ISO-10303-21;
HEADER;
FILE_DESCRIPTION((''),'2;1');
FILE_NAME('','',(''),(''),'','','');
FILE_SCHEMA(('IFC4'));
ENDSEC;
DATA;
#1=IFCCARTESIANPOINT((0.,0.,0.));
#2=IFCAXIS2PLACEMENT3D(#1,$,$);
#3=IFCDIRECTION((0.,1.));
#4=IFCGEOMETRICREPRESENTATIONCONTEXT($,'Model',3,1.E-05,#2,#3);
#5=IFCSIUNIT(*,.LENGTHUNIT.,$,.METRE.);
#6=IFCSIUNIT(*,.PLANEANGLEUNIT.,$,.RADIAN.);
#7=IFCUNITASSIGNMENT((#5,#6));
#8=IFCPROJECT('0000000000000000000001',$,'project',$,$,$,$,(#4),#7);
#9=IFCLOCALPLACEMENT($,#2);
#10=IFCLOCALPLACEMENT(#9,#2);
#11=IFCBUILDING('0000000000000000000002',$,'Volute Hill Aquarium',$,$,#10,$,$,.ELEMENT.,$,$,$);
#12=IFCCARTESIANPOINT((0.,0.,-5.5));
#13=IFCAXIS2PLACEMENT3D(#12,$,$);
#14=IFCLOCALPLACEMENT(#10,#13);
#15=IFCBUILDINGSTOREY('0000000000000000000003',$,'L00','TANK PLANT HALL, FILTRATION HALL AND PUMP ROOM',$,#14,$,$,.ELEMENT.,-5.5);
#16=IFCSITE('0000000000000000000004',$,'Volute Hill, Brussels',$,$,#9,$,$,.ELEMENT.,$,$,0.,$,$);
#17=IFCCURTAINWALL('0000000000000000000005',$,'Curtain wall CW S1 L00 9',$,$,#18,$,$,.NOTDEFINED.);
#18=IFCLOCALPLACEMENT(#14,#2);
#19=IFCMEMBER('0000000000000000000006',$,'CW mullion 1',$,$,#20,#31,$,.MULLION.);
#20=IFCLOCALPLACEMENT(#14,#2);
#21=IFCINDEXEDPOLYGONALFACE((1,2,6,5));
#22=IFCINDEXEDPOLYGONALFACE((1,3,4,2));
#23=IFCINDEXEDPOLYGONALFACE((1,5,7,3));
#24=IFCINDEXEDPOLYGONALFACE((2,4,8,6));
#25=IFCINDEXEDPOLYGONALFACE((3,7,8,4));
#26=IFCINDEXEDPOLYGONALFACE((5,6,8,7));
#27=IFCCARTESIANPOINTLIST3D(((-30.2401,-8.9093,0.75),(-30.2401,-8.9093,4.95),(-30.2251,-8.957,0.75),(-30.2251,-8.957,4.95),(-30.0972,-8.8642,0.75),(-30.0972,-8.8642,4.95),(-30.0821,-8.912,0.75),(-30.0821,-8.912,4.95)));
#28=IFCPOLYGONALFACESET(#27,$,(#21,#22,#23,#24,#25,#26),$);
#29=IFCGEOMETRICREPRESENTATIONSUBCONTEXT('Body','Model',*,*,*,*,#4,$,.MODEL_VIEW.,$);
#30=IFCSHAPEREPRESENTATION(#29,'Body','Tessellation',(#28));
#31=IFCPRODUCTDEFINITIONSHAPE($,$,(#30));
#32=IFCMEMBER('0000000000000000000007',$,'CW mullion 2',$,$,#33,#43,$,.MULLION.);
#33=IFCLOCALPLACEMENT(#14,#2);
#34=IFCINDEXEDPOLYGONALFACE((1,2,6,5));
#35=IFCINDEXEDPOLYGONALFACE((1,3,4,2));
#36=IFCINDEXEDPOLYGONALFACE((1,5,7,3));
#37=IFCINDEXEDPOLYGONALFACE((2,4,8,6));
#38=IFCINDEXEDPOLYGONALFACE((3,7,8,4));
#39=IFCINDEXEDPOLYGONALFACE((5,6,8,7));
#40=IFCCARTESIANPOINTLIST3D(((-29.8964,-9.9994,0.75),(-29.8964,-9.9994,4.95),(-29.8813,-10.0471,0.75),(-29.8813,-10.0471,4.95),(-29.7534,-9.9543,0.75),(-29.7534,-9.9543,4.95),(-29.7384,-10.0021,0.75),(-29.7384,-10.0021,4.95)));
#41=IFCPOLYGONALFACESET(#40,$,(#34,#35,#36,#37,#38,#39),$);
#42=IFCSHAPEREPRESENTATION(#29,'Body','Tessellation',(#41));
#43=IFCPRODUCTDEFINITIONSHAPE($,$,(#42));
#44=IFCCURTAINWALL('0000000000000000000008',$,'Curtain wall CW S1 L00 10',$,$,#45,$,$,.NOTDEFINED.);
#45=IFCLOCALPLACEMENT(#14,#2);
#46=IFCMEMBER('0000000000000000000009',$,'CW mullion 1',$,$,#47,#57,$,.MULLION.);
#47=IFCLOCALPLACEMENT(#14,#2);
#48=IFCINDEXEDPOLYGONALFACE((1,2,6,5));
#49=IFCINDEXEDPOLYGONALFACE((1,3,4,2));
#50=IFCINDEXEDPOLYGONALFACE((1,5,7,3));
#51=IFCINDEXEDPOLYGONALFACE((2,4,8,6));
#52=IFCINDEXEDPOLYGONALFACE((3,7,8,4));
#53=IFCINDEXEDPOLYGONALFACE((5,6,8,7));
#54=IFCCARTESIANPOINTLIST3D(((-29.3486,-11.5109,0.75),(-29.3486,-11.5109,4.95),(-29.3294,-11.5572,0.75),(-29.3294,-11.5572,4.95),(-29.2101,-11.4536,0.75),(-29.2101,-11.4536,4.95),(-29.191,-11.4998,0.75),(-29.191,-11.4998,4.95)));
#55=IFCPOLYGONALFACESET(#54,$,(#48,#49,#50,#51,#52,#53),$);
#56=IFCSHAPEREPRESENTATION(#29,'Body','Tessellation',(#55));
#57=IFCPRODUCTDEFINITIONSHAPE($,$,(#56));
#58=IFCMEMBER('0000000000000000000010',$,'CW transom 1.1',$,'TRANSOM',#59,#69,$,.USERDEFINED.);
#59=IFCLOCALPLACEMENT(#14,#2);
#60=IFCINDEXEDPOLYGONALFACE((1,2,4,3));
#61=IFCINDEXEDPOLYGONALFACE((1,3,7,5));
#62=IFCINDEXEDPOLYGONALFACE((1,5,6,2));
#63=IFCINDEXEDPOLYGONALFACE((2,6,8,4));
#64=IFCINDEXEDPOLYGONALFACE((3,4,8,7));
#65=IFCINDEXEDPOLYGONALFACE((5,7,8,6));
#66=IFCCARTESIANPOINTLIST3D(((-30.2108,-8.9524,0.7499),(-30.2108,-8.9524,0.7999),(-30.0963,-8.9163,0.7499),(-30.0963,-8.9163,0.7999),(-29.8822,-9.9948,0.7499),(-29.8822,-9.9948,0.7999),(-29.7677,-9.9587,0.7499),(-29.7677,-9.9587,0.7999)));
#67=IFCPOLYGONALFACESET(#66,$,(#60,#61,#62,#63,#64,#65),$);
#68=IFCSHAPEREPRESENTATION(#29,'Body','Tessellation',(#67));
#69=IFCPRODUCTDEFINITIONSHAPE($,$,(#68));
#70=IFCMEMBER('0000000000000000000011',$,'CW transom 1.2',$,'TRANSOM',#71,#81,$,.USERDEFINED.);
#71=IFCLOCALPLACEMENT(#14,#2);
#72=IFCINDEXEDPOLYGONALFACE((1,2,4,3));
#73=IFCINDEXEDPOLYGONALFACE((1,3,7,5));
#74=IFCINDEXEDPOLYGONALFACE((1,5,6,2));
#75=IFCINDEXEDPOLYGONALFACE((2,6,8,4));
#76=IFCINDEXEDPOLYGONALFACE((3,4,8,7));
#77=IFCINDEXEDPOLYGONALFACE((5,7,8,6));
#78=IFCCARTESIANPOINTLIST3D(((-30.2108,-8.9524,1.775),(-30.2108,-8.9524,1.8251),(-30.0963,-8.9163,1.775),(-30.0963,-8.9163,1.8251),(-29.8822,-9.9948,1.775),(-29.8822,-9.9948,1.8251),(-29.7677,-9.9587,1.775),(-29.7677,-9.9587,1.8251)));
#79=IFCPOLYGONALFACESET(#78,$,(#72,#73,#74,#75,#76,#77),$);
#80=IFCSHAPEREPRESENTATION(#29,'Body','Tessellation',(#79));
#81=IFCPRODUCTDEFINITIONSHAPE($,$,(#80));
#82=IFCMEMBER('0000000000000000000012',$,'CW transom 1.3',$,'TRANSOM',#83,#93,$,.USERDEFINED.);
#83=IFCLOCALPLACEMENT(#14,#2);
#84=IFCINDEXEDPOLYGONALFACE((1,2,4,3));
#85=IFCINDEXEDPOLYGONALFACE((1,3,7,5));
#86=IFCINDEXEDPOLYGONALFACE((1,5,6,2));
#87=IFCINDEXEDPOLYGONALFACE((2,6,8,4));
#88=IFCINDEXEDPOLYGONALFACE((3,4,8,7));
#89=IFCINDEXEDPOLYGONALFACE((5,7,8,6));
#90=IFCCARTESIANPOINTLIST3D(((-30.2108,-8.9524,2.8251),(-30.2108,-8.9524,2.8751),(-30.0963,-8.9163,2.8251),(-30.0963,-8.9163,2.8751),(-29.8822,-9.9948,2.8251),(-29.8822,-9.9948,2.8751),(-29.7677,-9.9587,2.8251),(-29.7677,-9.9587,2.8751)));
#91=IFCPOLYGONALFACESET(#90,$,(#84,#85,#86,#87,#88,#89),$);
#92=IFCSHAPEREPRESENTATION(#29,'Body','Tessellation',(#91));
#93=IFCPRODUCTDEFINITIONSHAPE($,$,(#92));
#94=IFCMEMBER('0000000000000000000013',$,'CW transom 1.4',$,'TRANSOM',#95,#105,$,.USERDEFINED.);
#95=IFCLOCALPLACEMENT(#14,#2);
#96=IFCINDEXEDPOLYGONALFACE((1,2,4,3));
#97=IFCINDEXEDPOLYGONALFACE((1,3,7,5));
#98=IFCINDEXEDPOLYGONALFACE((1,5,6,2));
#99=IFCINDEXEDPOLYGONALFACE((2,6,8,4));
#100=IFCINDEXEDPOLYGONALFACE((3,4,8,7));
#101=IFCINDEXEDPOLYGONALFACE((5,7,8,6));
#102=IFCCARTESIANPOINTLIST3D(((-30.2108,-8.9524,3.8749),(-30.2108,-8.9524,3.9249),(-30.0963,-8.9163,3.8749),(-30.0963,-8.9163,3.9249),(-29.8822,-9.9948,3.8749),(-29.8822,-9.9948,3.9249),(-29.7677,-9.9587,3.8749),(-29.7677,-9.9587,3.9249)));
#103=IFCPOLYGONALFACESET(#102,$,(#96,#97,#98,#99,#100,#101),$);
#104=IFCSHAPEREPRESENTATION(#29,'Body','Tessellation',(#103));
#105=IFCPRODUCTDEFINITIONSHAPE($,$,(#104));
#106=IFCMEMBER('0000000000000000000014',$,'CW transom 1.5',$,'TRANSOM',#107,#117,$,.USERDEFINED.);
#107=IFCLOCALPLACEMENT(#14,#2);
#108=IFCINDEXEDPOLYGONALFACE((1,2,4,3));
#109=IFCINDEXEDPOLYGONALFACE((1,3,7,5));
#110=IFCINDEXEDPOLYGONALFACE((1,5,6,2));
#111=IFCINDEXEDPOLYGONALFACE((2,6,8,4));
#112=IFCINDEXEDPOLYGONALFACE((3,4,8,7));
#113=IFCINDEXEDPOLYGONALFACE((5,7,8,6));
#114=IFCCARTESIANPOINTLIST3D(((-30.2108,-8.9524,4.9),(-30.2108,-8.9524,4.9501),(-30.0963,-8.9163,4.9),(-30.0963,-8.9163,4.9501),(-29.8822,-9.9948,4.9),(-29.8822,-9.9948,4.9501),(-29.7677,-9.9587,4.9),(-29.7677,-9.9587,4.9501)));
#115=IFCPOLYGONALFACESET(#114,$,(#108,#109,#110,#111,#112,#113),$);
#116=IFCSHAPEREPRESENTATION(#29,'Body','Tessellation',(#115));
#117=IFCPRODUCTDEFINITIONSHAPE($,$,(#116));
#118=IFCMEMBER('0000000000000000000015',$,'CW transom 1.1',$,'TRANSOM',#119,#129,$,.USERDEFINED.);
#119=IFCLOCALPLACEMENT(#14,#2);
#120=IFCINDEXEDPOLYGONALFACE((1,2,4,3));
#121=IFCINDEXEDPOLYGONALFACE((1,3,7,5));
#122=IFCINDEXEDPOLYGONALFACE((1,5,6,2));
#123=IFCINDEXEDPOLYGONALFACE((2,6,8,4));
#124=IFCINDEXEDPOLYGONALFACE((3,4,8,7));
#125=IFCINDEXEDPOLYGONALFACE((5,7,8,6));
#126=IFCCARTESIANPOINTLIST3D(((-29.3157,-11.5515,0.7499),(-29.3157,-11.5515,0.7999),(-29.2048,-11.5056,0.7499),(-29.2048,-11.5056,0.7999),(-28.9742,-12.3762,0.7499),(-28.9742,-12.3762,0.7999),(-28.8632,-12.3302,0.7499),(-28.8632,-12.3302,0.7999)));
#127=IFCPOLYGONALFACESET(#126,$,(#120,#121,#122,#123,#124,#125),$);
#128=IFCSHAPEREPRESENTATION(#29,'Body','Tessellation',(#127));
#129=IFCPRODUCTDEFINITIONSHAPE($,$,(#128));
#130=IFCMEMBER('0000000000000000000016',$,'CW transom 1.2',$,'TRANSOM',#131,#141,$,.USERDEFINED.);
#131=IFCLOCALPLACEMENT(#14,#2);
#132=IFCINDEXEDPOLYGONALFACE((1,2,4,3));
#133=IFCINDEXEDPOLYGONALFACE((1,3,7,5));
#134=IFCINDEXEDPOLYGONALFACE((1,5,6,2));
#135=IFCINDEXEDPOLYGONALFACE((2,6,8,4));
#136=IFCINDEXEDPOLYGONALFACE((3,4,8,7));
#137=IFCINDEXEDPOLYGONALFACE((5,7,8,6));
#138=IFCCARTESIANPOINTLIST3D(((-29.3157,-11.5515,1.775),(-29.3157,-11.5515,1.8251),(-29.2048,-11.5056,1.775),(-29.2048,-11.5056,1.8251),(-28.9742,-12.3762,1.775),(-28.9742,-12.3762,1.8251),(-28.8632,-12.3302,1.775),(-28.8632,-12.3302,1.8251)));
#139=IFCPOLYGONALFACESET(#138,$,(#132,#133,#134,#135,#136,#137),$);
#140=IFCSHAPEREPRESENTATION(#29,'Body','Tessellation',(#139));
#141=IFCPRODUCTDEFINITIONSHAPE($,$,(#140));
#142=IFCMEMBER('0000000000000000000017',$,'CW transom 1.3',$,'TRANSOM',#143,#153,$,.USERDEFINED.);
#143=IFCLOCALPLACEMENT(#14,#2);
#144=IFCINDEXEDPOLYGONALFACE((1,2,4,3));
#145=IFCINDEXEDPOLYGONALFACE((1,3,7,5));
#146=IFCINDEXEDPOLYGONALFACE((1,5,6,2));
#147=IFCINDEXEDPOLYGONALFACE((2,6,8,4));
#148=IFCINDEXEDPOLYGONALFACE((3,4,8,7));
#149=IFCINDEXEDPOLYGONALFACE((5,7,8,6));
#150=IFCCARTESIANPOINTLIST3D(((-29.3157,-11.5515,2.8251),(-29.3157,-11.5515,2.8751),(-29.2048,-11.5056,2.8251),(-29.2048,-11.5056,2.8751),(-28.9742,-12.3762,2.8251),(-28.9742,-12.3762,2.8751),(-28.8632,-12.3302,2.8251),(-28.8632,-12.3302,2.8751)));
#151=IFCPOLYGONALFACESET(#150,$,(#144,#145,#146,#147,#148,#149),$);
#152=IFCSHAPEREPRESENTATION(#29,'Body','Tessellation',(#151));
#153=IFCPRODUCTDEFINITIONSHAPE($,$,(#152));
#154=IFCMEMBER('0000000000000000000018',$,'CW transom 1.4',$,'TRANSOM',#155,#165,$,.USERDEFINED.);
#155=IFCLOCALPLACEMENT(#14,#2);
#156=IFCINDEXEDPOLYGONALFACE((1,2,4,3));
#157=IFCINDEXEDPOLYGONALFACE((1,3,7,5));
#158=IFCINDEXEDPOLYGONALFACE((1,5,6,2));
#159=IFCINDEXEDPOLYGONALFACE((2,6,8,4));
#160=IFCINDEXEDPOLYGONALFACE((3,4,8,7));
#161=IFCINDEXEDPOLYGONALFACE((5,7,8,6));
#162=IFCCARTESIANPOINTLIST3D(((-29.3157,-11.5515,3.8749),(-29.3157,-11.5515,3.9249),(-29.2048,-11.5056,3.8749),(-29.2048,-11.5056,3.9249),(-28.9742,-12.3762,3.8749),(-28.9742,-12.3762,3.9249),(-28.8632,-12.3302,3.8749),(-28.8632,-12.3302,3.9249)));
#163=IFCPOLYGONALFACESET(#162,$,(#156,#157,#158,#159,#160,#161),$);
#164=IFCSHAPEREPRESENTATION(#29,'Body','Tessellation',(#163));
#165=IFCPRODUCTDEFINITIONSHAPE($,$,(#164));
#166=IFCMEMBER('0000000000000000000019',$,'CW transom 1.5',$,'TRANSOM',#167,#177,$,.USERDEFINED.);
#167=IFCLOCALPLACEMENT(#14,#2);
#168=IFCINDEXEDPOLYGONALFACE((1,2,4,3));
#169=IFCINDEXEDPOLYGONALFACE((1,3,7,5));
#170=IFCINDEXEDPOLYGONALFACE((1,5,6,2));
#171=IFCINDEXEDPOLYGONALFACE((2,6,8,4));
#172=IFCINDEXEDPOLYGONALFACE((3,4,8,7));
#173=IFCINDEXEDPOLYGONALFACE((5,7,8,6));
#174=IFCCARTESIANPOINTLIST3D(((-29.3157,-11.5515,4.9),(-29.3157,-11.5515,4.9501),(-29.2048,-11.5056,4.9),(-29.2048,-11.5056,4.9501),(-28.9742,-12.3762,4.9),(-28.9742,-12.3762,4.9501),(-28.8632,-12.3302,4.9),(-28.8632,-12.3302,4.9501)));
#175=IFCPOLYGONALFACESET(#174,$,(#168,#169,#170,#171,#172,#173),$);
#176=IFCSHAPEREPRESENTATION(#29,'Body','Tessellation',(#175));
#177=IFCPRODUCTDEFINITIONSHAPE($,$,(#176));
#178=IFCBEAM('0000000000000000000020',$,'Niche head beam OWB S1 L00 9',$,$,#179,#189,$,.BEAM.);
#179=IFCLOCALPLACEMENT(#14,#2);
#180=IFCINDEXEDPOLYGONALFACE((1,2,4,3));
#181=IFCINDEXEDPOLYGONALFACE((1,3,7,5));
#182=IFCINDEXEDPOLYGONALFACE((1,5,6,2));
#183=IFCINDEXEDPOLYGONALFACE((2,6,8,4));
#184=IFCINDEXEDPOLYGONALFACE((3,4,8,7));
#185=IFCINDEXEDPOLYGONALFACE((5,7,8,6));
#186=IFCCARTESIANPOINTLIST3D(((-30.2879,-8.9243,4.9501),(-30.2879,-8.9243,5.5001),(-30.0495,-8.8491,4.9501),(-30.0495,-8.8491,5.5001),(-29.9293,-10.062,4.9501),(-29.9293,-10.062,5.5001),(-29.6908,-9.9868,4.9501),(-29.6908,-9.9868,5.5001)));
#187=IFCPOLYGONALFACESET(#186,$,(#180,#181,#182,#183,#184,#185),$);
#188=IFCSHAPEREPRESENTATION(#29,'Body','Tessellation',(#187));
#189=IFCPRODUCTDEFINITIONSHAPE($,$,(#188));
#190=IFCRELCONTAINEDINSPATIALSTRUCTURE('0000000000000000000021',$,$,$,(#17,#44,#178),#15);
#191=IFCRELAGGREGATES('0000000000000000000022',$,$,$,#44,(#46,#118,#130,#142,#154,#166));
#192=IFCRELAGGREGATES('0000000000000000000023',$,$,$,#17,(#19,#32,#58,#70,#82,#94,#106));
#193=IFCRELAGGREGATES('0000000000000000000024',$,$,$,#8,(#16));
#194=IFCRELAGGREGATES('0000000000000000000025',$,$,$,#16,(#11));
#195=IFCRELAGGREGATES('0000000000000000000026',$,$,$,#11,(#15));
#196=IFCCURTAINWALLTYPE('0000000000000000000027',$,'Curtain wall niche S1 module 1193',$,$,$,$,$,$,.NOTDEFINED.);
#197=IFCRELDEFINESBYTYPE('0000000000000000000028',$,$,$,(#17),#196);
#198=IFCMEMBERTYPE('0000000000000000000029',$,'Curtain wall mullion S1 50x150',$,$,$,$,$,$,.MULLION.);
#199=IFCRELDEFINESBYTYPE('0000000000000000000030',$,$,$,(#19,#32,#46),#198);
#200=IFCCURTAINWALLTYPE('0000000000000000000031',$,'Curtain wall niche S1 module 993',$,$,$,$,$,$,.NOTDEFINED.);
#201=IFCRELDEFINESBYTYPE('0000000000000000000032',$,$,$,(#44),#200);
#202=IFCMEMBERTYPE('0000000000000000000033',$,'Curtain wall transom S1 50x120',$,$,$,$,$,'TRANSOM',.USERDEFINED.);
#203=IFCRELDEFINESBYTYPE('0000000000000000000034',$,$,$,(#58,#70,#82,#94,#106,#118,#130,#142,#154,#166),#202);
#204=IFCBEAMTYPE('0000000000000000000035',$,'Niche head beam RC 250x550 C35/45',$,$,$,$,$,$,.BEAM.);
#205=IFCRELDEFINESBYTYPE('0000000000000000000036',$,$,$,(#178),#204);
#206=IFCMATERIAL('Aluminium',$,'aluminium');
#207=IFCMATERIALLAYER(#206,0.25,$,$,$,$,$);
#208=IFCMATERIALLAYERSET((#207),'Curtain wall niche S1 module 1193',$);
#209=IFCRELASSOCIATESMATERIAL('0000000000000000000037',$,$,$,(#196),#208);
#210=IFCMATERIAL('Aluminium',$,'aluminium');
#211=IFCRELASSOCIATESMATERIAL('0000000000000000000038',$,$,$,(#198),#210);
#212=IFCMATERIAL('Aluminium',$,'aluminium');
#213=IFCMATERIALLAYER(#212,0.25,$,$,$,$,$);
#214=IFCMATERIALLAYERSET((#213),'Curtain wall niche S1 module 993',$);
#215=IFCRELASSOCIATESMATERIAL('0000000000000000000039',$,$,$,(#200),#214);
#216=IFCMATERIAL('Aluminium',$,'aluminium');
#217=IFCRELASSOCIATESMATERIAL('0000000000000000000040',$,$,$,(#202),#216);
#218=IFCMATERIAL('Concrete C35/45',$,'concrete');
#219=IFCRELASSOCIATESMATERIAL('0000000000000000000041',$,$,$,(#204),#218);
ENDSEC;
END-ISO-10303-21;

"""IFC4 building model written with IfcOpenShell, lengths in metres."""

from ifc_helpers import new_model, si_unit, direction, frame, origin, origin_2d, place, context, subcontext, project, spatial, rectangle, extrude, material, layer, layer_set, material_profile, profile_set, type_object, element, aggregate, save


model = new_model("IFC4")

# Units and contexts
model_context = context("Model", 3, precision=1e-05, world=origin(), true_north=direction((0.0, 1.0)))
body_context = subcontext(model_context, "Body", "Model", "MODEL_VIEW")
ifc_project = project(units=[si_unit("LENGTHUNIT", "METRE"), si_unit("PLANEANGLEUNIT", "RADIAN")], contexts=[model_context])

# Site, building, storey
site_placement = place(None, origin())
site = spatial("IfcSite", under=ifc_project, at=site_placement, Name="Volute Hill, Brussels", CompositionType="ELEMENT", RefElevation=0.0)
building_placement = place(site_placement, origin())
building = spatial("IfcBuilding", under=site, at=building_placement, Name="Volute Hill Aquarium", CompositionType="ELEMENT")
storey_placement = place(building_placement, frame((0.0, 0.0, -5.5)))
storey = spatial("IfcBuildingStorey", under=building, at=storey_placement, Name="L00", Description="TANK PLANT HALL, FILTRATION HALL AND PUMP ROOM", CompositionType="ELEMENT", Elevation=-5.5)

# Curtain wall, members
ifc_material_1 = material(Name="Aluminium", Category="aluminium")
ifc_layer_1 = layer(ifc_material_1, 0.25)
ifc_layer_set_1 = layer_set([ifc_layer_1], Name="Curtain wall niche S1 module 1193")
curtain_wall_type_1 = type_object("IfcCurtainWallType", Name="Curtain wall niche S1 module 1193", PredefinedType="NOTDEFINED", material=ifc_layer_set_1)
curtain_wall_1_placement = place(storey_placement, origin())
curtain_wall_1 = element("IfcCurtainWall", 1, at=curtain_wall_1_placement, inside=storey, type_object=curtain_wall_type_1, Name="Curtain wall CW S1 L00 9", PredefinedType="NOTDEFINED")
ifc_material_2 = material(Name="Aluminium", Category="aluminium")
ifc_material_profile_1 = material_profile(ifc_material_2, rectangle(XDim=0.1499, YDim=0.05, at=origin_2d()), Name="Curtain wall mullion S1 50x150")
ifc_profile_set_1 = profile_set([ifc_material_profile_1], Name="Aluminium")
member_type_1 = type_object("IfcMemberType", Name="Curtain wall mullion S1 50x150", PredefinedType="MULLION", material=ifc_profile_set_1)
member_1_placement = place(storey_placement, frame((-30.1611, -8.9106, 0.75), z_axis=(0.0, 0.0, 1.0), x_axis=(0.953719, 0.3007, 0.0)))
member_1 = element("IfcMember", 2, at=member_1_placement, type_object=member_type_1, Name="CW mullion 1", PredefinedType="MULLION", context=body_context, shape_type="SweptSolid", body=[
    extrude(rectangle(XDim=0.1499, YDim=0.05, at=origin_2d()), origin(), (0.0, 0.0, 1.0), 4.2),
])
member_2_placement = place(storey_placement, frame((-29.8174, -10.0007, 0.75), z_axis=(0.0, 0.0, 1.0), x_axis=(0.953719, 0.3007, 0.0)))
member_2 = element("IfcMember", 3, at=member_2_placement, type_object=member_type_1, Name="CW mullion 2", PredefinedType="MULLION", context=body_context, shape_type="SweptSolid", body=[
    extrude(rectangle(XDim=0.1499, YDim=0.05, at=origin_2d()), origin(), (0.0, 0.0, 1.0), 4.2),
])

# Curtain wall, member
ifc_material_3 = material(Name="Aluminium", Category="aluminium")
ifc_layer_2 = layer(ifc_material_3, 0.25)
ifc_layer_set_2 = layer_set([ifc_layer_2], Name="Curtain wall niche S1 module 993")
curtain_wall_type_2 = type_object("IfcCurtainWallType", Name="Curtain wall niche S1 module 993", PredefinedType="NOTDEFINED", material=ifc_layer_set_2)
curtain_wall_2_placement = place(storey_placement, origin())
curtain_wall_2 = element("IfcCurtainWall", 4, at=curtain_wall_2_placement, inside=storey, type_object=curtain_wall_type_2, Name="Curtain wall CW S1 L00 10", PredefinedType="NOTDEFINED")
member_3_placement = place(storey_placement, frame((-29.2698, -11.5054, 0.75), z_axis=(0.0, 0.0, 1.0), x_axis=(0.923885, 0.38267, 0.0)))
member_3 = element("IfcMember", 5, at=member_3_placement, type_object=member_type_1, Name="CW mullion 1", PredefinedType="MULLION", context=body_context, shape_type="SweptSolid", body=[
    extrude(rectangle(XDim=0.1499, YDim=0.05, at=origin_2d()), origin(), (0.0, 0.0, 1.0), 4.2),
])

# Members
ifc_material_4 = material(Name="Aluminium", Category="aluminium")
ifc_material_profile_2 = material_profile(ifc_material_4, rectangle(XDim=0.1201, YDim=0.05, at=origin_2d()), Name="Curtain wall transom S1 50x120")
ifc_profile_set_2 = profile_set([ifc_material_profile_2], Name="Aluminium")
member_type_2 = type_object("IfcMemberType", Name="Curtain wall transom S1 50x120", ElementType="TRANSOM", PredefinedType="USERDEFINED", material=ifc_profile_set_2)
member_4_placement = place(storey_placement, frame((-30.1536, -8.9343, 0.7749), z_axis=(0.30064, -0.953738, 0.0), x_axis=(0.953738, 0.30064, 0.0)))
member_4 = element("IfcMember", 6, at=member_4_placement, type_object=member_type_2, Name="CW transom 1.1", ObjectType="TRANSOM", PredefinedType="USERDEFINED", context=body_context, shape_type="SweptSolid", body=[
    extrude(rectangle(XDim=0.1201, YDim=0.05, at=origin_2d()), origin(), (0.0, 0.0, 1.0), 1.093),
])
member_5_placement = place(storey_placement, frame((-30.1536, -8.9343, 1.8), z_axis=(0.30064, -0.953738, 0.0), x_axis=(0.953738, 0.30064, 0.0)))
member_5 = element("IfcMember", 7, at=member_5_placement, type_object=member_type_2, Name="CW transom 1.2", ObjectType="TRANSOM", PredefinedType="USERDEFINED", context=body_context, shape_type="SweptSolid", body=[
    extrude(rectangle(XDim=0.1201, YDim=0.05, at=origin_2d()), origin(), (0.0, 0.0, 1.0), 1.093),
])
member_6_placement = place(storey_placement, frame((-30.1536, -8.9343, 2.8501), z_axis=(0.30064, -0.953738, 0.0), x_axis=(0.953738, 0.30064, 0.0)))
member_6 = element("IfcMember", 8, at=member_6_placement, type_object=member_type_2, Name="CW transom 1.3", ObjectType="TRANSOM", PredefinedType="USERDEFINED", context=body_context, shape_type="SweptSolid", body=[
    extrude(rectangle(XDim=0.1201, YDim=0.05, at=origin_2d()), origin(), (0.0, 0.0, 1.0), 1.093),
])
member_7_placement = place(storey_placement, frame((-30.1536, -8.9343, 3.8999), z_axis=(0.30064, -0.953738, 0.0), x_axis=(0.953738, 0.30064, 0.0)))
member_7 = element("IfcMember", 9, at=member_7_placement, type_object=member_type_2, Name="CW transom 1.4", ObjectType="TRANSOM", PredefinedType="USERDEFINED", context=body_context, shape_type="SweptSolid", body=[
    extrude(rectangle(XDim=0.1201, YDim=0.05, at=origin_2d()), origin(), (0.0, 0.0, 1.0), 1.093),
])
member_8_placement = place(storey_placement, frame((-30.1536, -8.9343, 4.925), z_axis=(0.30064, -0.953738, 0.0), x_axis=(0.953738, 0.30064, 0.0)))
member_8 = element("IfcMember", 10, at=member_8_placement, type_object=member_type_2, Name="CW transom 1.5", ObjectType="TRANSOM", PredefinedType="USERDEFINED", context=body_context, shape_type="SweptSolid", body=[
    extrude(rectangle(XDim=0.1201, YDim=0.05, at=origin_2d()), origin(), (0.0, 0.0, 1.0), 1.093),
])
member_9_placement = place(storey_placement, frame((-29.2603, -11.5286, 0.7749), z_axis=(0.382634, -0.9239, 0.0), x_axis=(0.9239, 0.382634, 0.0)))
member_9 = element("IfcMember", 11, at=member_9_placement, type_object=member_type_2, Name="CW transom 1.1", ObjectType="TRANSOM", PredefinedType="USERDEFINED", context=body_context, shape_type="SweptSolid", body=[
    extrude(rectangle(XDim=0.1201, YDim=0.05, at=origin_2d()), origin(), (0.0, 0.0, 1.0), 0.8926),
])
member_10_placement = place(storey_placement, frame((-29.2603, -11.5286, 1.8), z_axis=(0.382634, -0.9239, 0.0), x_axis=(0.9239, 0.382634, 0.0)))
member_10 = element("IfcMember", 12, at=member_10_placement, type_object=member_type_2, Name="CW transom 1.2", ObjectType="TRANSOM", PredefinedType="USERDEFINED", context=body_context, shape_type="SweptSolid", body=[
    extrude(rectangle(XDim=0.1201, YDim=0.05, at=origin_2d()), origin(), (0.0, 0.0, 1.0), 0.8926),
])
member_11_placement = place(storey_placement, frame((-29.2603, -11.5286, 2.8501), z_axis=(0.382634, -0.9239, 0.0), x_axis=(0.9239, 0.382634, 0.0)))
member_11 = element("IfcMember", 13, at=member_11_placement, type_object=member_type_2, Name="CW transom 1.3", ObjectType="TRANSOM", PredefinedType="USERDEFINED", context=body_context, shape_type="SweptSolid", body=[
    extrude(rectangle(XDim=0.1201, YDim=0.05, at=origin_2d()), origin(), (0.0, 0.0, 1.0), 0.8926),
])
member_12_placement = place(storey_placement, frame((-29.2603, -11.5286, 3.8999), z_axis=(0.382634, -0.9239, 0.0), x_axis=(0.9239, 0.382634, 0.0)))
member_12 = element("IfcMember", 14, at=member_12_placement, type_object=member_type_2, Name="CW transom 1.4", ObjectType="TRANSOM", PredefinedType="USERDEFINED", context=body_context, shape_type="SweptSolid", body=[
    extrude(rectangle(XDim=0.1201, YDim=0.05, at=origin_2d()), origin(), (0.0, 0.0, 1.0), 0.8926),
])
member_13_placement = place(storey_placement, frame((-29.2603, -11.5286, 4.925), z_axis=(0.382634, -0.9239, 0.0), x_axis=(0.9239, 0.382634, 0.0)))
member_13 = element("IfcMember", 15, at=member_13_placement, type_object=member_type_2, Name="CW transom 1.5", ObjectType="TRANSOM", PredefinedType="USERDEFINED", context=body_context, shape_type="SweptSolid", body=[
    extrude(rectangle(XDim=0.1201, YDim=0.05, at=origin_2d()), origin(), (0.0, 0.0, 1.0), 0.8926),
])

# Beam
ifc_material_5 = material(Name="Concrete C35/45", Category="concrete")
ifc_material_profile_3 = material_profile(ifc_material_5, rectangle(XDim=0.25, YDim=0.55, at=origin_2d()), Name="RC beam 250x550")
ifc_profile_set_3 = profile_set([ifc_material_profile_3], Name="Concrete C35/45")
beam_type_1 = type_object("IfcBeamType", Name="Niche head beam RC 250x550 C35/45", PredefinedType="BEAM", material=ifc_profile_set_3)
beam_1_placement = place(storey_placement, frame((-30.1687, -8.8867, 5.2251), z_axis=(0.300651, -0.953734, 0.0), x_axis=(0.953734, 0.300651, 0.0)))
element("IfcBeam", 16, at=beam_1_placement, inside=storey, type_object=beam_type_1, Name="Niche head beam OWB S1 L00 9", PredefinedType="BEAM", context=body_context, shape_type="SweptSolid", body=[
    extrude(rectangle(XDim=0.25, YDim=0.55, at=origin_2d()), origin(), (0.0, 0.0, 1.0), 1.1929),
])

aggregate(curtain_wall_2, [member_3, member_9, member_10, member_11, member_12, member_13])
aggregate(curtain_wall_1, [member_1, member_2, member_4, member_5, member_6, member_7, member_8])

save(model, "model.ifc")
